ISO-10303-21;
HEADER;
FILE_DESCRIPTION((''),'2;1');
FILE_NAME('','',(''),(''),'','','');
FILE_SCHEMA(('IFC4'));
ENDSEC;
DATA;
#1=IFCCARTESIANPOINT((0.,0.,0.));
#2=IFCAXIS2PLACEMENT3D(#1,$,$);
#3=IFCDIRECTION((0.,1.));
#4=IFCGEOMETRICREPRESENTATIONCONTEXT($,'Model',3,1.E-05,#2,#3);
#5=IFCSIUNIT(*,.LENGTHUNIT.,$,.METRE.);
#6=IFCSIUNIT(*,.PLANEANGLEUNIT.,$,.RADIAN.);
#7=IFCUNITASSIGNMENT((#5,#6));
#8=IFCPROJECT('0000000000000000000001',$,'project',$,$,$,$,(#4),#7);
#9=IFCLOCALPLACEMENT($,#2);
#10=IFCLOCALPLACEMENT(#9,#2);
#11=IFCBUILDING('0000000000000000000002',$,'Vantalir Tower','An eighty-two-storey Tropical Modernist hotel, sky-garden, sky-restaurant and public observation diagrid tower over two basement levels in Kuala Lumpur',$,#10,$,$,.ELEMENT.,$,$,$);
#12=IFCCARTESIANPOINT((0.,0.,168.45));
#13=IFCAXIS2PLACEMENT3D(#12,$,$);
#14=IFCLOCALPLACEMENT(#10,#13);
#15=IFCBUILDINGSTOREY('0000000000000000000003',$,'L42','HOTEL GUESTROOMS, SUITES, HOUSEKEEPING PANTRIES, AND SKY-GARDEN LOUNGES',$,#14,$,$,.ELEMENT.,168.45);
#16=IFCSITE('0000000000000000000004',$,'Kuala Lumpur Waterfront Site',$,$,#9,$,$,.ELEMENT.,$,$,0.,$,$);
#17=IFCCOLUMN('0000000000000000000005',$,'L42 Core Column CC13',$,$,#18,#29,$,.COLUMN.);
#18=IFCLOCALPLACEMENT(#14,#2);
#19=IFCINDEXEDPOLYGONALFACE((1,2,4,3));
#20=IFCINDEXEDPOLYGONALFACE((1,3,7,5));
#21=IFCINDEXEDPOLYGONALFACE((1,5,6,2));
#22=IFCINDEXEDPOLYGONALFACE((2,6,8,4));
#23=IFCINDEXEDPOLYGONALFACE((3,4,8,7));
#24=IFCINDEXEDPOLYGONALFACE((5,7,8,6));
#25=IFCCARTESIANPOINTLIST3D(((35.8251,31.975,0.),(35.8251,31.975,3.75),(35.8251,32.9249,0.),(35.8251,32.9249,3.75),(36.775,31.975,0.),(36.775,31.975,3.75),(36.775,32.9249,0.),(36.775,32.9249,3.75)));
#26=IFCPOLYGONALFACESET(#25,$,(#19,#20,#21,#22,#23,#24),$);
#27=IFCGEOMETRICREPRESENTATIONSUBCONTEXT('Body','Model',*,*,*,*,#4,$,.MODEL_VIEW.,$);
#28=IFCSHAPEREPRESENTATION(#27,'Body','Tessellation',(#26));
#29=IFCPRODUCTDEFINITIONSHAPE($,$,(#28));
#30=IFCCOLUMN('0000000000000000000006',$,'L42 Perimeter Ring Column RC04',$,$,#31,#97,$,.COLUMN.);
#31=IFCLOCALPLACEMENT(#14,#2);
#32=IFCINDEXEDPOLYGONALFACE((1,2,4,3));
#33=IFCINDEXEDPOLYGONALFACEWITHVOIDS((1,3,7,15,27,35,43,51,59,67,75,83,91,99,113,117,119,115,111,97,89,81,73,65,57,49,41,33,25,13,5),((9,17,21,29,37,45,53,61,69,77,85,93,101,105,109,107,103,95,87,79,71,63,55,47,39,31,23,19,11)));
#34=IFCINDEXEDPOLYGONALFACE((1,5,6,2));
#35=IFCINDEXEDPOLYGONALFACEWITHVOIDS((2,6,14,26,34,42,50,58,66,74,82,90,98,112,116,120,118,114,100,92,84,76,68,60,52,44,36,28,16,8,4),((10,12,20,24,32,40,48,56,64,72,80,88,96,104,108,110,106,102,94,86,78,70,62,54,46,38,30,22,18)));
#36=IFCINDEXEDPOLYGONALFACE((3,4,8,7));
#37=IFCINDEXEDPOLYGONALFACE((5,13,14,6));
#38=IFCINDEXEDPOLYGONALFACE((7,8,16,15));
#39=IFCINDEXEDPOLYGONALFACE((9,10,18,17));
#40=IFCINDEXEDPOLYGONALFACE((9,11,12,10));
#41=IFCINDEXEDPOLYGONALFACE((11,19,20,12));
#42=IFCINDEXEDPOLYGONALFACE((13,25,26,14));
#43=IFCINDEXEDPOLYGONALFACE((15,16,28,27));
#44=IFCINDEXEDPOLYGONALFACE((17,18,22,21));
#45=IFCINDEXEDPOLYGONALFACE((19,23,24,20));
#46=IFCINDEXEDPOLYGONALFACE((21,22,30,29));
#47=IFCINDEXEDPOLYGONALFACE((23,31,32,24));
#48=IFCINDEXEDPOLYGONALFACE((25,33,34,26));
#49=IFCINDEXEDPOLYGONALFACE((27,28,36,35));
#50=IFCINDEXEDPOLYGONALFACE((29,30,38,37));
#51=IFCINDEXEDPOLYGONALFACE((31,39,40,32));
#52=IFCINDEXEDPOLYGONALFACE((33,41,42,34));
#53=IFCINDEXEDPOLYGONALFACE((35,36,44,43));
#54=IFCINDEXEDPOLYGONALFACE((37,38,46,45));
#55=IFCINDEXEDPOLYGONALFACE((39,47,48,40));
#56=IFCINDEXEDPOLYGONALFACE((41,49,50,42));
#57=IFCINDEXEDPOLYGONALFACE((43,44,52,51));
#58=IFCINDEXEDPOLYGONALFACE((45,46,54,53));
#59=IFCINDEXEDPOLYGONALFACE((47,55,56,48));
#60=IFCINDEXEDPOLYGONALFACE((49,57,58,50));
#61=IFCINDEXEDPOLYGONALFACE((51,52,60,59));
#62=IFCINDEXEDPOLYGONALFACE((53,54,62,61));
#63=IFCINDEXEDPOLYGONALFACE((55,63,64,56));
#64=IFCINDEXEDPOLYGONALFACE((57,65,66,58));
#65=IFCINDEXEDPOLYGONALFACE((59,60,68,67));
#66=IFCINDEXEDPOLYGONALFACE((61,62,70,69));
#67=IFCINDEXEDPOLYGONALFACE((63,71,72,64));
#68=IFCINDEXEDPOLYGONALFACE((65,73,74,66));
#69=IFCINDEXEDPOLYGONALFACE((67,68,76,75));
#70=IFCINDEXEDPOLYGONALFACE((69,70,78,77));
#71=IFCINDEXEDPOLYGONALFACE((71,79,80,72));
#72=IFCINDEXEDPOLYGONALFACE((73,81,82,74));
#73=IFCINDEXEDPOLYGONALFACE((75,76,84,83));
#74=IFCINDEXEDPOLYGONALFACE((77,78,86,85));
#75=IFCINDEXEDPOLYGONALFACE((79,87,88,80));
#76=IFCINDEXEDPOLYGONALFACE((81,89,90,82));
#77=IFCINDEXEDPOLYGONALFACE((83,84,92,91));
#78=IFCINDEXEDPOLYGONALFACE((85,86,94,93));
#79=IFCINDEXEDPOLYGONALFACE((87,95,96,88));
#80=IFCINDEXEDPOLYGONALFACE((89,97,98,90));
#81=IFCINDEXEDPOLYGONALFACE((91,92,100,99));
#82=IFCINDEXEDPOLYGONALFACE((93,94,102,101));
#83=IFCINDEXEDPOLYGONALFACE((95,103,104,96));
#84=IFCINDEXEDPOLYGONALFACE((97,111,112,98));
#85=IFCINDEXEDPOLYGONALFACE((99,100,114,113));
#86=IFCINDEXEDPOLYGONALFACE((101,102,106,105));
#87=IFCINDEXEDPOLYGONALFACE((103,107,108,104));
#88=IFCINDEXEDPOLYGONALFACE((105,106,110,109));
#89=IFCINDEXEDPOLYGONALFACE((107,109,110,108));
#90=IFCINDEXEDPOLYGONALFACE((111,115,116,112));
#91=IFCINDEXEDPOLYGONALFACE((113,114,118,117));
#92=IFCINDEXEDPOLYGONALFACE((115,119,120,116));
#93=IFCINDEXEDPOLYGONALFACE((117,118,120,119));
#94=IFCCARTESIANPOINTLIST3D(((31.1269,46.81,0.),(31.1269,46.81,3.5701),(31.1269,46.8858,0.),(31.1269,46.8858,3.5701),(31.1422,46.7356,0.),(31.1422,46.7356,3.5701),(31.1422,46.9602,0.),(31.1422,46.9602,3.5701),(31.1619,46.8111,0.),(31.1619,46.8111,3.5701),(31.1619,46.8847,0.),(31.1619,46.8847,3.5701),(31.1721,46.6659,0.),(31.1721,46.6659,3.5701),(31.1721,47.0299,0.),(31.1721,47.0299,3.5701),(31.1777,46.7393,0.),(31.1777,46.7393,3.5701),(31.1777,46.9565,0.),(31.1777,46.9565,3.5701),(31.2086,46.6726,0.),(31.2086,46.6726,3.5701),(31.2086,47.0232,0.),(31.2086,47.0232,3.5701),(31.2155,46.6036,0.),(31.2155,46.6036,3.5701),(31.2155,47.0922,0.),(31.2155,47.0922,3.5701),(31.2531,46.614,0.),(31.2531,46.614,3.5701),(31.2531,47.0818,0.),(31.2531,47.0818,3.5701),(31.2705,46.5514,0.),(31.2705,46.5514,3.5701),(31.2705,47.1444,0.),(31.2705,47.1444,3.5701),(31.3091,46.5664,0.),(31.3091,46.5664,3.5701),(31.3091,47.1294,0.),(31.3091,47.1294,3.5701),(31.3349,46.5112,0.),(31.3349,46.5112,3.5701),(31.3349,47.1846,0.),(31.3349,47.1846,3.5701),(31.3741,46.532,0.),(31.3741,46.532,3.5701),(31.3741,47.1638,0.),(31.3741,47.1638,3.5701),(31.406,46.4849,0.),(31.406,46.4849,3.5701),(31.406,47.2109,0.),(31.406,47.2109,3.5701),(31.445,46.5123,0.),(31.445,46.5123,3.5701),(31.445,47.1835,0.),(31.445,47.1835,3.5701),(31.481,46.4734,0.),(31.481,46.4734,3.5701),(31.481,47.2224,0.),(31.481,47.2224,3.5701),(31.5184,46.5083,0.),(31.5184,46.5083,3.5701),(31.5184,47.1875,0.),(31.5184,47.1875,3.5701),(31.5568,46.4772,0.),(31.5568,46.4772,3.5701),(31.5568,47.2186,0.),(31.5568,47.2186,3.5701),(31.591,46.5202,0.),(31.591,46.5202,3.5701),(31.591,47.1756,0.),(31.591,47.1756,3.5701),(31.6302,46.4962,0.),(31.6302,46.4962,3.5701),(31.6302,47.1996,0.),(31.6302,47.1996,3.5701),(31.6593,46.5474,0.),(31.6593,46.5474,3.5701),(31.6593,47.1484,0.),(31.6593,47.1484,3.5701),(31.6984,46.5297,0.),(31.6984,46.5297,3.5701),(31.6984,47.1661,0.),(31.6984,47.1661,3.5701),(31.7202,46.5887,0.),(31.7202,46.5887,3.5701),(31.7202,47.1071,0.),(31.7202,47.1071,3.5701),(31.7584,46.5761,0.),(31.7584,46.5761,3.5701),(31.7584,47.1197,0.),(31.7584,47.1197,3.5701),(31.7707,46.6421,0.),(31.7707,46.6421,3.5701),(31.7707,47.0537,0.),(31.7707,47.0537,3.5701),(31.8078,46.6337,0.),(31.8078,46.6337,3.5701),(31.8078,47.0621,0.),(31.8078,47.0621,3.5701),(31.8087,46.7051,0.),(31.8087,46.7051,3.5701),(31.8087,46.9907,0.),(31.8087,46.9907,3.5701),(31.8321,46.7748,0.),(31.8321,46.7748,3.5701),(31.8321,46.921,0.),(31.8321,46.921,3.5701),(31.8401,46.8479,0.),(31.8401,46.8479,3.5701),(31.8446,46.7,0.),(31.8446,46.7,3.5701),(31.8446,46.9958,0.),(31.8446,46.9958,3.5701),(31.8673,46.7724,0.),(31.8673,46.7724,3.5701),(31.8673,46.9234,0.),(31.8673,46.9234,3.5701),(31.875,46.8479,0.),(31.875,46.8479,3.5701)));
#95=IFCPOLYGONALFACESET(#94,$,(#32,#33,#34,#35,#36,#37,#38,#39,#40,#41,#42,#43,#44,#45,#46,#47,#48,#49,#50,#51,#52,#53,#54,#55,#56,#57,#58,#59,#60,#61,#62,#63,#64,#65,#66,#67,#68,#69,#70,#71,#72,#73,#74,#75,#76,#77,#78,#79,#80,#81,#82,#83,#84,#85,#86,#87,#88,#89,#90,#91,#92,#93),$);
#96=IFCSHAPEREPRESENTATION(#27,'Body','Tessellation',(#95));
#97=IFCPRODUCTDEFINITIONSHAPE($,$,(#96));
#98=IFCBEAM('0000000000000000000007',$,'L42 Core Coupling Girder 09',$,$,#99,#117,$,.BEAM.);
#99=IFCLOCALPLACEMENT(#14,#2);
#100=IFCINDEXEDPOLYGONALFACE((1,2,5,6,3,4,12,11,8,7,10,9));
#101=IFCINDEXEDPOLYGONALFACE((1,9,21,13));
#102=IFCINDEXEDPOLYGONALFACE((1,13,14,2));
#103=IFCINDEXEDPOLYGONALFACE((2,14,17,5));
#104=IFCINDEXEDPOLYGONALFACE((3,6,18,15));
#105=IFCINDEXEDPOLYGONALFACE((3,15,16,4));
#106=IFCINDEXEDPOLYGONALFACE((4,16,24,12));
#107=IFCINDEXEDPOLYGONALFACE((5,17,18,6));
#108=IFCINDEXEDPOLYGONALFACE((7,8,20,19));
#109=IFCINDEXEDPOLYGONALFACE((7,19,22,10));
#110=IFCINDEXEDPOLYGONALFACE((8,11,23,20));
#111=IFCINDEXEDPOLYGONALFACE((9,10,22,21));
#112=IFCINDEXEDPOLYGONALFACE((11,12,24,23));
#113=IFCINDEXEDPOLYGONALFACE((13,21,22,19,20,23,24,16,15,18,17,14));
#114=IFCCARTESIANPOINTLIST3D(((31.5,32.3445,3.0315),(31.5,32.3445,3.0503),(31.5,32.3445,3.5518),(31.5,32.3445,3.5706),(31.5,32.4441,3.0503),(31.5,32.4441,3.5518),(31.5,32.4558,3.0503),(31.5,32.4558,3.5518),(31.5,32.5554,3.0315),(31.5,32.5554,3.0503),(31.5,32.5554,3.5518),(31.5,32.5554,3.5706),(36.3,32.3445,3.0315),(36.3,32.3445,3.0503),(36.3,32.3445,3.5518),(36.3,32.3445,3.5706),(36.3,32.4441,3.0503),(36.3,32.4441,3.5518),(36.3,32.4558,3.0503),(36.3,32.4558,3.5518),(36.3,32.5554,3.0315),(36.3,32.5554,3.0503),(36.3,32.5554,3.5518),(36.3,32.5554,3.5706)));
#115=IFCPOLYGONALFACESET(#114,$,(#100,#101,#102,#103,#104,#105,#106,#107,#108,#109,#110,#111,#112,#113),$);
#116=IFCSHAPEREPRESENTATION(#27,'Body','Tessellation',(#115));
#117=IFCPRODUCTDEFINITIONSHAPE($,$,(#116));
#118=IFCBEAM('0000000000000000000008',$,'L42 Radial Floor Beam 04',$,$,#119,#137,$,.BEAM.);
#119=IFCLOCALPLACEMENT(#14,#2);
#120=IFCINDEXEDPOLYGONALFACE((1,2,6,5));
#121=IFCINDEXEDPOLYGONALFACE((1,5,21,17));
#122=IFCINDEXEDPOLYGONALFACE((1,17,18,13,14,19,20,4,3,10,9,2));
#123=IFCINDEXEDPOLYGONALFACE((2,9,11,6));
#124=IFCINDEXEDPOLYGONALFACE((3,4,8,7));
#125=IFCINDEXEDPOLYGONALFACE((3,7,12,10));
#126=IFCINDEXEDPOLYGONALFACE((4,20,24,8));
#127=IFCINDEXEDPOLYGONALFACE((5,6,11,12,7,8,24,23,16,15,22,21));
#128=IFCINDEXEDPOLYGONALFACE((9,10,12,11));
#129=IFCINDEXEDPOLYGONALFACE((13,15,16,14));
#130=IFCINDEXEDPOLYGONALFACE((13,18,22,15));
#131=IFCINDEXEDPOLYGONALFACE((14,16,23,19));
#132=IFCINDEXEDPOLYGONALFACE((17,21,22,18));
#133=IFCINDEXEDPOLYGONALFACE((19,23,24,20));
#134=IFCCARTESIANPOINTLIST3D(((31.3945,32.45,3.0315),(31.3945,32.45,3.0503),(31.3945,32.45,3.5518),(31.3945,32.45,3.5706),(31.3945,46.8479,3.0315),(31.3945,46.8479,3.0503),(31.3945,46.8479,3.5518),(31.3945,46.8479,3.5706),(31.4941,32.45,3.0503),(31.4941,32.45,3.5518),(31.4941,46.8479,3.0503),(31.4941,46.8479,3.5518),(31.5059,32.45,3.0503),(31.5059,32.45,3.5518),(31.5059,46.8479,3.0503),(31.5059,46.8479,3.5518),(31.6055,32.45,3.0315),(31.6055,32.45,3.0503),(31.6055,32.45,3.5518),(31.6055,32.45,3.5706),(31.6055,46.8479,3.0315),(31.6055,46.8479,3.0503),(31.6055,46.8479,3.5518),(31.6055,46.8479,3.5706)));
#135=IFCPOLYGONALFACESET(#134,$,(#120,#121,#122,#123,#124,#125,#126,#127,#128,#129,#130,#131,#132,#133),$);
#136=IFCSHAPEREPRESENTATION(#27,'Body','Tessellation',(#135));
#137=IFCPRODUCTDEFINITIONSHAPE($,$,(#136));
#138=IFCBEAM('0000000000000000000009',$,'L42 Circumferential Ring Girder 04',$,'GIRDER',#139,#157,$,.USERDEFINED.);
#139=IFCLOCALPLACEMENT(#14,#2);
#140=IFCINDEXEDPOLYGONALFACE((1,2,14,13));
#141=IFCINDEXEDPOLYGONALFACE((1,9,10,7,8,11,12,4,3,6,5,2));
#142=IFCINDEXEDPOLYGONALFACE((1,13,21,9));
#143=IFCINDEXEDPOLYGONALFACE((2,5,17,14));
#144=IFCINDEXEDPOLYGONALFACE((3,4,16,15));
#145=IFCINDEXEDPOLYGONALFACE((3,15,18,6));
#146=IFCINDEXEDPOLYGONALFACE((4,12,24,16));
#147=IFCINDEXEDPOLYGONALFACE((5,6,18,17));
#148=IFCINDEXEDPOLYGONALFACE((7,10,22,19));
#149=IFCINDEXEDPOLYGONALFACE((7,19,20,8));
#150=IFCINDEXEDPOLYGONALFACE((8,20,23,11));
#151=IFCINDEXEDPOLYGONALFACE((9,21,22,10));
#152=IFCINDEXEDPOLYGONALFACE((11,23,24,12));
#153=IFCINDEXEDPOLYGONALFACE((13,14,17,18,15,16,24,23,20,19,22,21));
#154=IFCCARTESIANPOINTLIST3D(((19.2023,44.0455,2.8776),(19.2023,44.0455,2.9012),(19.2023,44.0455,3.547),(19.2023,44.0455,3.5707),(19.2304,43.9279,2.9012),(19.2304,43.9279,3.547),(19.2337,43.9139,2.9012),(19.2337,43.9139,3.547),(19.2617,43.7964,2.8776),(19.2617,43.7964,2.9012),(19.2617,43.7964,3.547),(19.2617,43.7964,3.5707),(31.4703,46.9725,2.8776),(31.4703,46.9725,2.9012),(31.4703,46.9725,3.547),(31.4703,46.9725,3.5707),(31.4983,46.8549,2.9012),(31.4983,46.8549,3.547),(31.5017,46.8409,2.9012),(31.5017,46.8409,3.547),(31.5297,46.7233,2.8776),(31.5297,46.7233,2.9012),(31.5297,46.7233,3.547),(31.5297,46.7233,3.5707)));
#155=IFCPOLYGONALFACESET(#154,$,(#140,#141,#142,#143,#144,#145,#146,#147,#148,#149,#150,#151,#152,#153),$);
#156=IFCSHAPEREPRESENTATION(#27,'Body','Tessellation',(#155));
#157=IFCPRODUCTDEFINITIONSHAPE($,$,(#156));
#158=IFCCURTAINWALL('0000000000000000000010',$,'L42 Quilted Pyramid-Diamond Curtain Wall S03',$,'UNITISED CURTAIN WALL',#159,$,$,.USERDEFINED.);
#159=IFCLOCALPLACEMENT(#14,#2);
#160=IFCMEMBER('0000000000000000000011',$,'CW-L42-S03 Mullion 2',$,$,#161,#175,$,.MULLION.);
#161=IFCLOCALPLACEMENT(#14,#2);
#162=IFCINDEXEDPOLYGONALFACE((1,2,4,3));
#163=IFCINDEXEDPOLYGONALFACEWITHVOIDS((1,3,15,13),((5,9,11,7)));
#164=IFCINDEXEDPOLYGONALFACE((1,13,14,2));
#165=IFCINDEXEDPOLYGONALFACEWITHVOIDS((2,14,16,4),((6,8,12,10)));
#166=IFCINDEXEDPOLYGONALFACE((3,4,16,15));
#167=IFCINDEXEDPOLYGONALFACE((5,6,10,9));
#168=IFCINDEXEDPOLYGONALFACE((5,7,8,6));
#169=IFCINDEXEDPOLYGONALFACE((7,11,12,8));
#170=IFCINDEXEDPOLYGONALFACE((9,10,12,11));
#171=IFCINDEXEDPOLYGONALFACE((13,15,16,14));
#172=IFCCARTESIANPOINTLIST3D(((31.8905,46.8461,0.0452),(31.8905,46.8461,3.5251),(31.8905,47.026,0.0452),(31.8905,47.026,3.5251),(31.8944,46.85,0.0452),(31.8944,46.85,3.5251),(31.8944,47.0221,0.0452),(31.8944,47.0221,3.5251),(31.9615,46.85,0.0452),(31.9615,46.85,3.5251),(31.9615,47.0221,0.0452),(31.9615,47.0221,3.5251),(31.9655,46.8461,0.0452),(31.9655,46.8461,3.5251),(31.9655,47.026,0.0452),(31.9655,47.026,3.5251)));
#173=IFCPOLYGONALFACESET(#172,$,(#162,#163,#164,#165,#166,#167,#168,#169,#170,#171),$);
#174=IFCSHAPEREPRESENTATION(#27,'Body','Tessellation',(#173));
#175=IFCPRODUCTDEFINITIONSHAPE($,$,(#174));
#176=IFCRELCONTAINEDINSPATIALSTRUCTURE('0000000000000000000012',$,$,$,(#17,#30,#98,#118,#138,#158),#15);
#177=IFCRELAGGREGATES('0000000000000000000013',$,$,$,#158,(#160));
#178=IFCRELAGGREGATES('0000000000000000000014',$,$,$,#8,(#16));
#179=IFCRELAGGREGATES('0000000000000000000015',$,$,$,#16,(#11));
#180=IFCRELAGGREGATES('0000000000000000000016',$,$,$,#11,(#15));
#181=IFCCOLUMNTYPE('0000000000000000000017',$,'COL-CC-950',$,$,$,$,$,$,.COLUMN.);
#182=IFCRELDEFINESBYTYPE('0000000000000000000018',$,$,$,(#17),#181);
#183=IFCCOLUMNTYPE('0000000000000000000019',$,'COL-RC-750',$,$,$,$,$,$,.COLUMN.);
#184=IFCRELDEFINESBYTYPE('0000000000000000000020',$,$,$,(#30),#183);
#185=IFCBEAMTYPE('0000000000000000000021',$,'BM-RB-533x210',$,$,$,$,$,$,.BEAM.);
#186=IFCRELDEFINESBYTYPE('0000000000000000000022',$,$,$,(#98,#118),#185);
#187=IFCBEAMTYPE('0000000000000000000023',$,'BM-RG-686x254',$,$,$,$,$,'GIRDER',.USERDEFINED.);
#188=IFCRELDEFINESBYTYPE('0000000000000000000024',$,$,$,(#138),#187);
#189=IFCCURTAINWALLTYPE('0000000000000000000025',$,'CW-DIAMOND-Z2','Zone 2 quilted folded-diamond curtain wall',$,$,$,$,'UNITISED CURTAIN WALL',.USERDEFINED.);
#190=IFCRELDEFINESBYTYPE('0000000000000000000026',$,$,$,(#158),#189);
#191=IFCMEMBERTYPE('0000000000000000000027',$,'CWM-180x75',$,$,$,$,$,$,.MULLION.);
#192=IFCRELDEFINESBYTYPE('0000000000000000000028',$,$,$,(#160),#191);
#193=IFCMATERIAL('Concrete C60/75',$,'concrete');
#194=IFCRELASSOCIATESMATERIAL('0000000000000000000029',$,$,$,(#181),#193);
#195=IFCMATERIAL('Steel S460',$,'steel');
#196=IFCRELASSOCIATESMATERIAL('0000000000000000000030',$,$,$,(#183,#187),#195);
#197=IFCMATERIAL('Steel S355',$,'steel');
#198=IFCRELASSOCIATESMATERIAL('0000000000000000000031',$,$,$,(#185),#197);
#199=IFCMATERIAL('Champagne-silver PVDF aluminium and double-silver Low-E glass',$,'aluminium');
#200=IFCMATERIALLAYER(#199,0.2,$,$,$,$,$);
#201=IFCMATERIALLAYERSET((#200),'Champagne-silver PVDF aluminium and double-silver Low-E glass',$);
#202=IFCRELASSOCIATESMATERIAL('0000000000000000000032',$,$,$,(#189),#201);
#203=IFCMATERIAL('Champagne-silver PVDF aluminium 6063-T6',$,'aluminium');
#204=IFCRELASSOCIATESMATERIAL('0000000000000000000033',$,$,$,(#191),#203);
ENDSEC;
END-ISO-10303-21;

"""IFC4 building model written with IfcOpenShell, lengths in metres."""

from ifc_helpers import new_model, si_unit, direction, frame, origin, origin_2d, place, context, subcontext, project, spatial, rectangle, hollow_rectangle, hollow_circle, i_section, extrude, material, layer, layer_set, material_profile, profile_set, type_object, element, aggregate, save


model = new_model("IFC4")

# Units and contexts
model_context = context("Model", 3, precision=1e-05, world=origin(), true_north=direction((0.0, 1.0)))
body_context = subcontext(model_context, "Body", "Model", "MODEL_VIEW")
ifc_project = project(units=[si_unit("LENGTHUNIT", "METRE"), si_unit("PLANEANGLEUNIT", "RADIAN")], contexts=[model_context])

# Site, building, storey
site_placement = place(None, origin())
site = spatial("IfcSite", under=ifc_project, at=site_placement, Name="Kuala Lumpur Waterfront Site", CompositionType="ELEMENT", RefElevation=0.0)
building_placement = place(site_placement, origin())
building = spatial("IfcBuilding", under=site, at=building_placement, Name="Vantalir Tower", Description="An eighty-two-storey Tropical Modernist hotel, sky-garden, sky-restaurant and public observation diagrid tower over two basement levels in Kuala Lumpur", CompositionType="ELEMENT")
storey_placement = place(building_placement, frame((0.0, 0.0, 168.45)))
storey = spatial("IfcBuildingStorey", under=building, at=storey_placement, Name="L42", Description="HOTEL GUESTROOMS, SUITES, HOUSEKEEPING PANTRIES, AND SKY-GARDEN LOUNGES", CompositionType="ELEMENT", Elevation=168.45)

# Columns
ifc_material_1 = material(Name="Concrete C60/75", Category="concrete")
ifc_material_profile_1 = material_profile(ifc_material_1, rectangle(XDim=0.95, YDim=0.95, at=origin_2d()), Name="Concrete C60/75")
ifc_profile_set_1 = profile_set([ifc_material_profile_1], Name="Concrete C60/75")
column_type_1 = type_object("IfcColumnType", Name="COL-CC-950", PredefinedType="COLUMN", material=ifc_profile_set_1)
column_1_placement = place(storey_placement, frame((36.3, 32.45, 0.0), z_axis=(0.0, 0.0, 1.0), x_axis=(1.0, 0.0, 0.0)))
element("IfcColumn", 1, at=column_1_placement, inside=storey, type_object=column_type_1, Name="L42 Core Column CC13", PredefinedType="COLUMN", context=body_context, shape_type="SweptSolid", body=[
    extrude(rectangle(XDim=0.95, YDim=0.95, at=origin_2d()), origin(), (0.0, 0.0, 1.0), 3.75),
])
ifc_material_2 = material(Name="Steel S460", Category="steel")
ifc_material_profile_2 = material_profile(ifc_material_2, hollow_circle(Radius=0.375, WallThickness=0.0349, at=origin_2d()), Name="Steel S460")
ifc_profile_set_2 = profile_set([ifc_material_profile_2], Name="Steel S460")
column_type_2 = type_object("IfcColumnType", Name="COL-RC-750", PredefinedType="COLUMN", material=ifc_profile_set_2)
column_2_placement = place(storey_placement, frame((31.5, 46.8479, 0.0), z_axis=(0.0, 0.0, 1.0), x_axis=(1.0, 0.0, 0.0)))
element("IfcColumn", 2, at=column_2_placement, inside=storey, type_object=column_type_2, Name="L42 Perimeter Ring Column RC04", PredefinedType="COLUMN", context=body_context, shape_type="SweptSolid", body=[
    extrude(hollow_circle(Radius=0.375, WallThickness=0.0349, at=origin_2d()), origin(), (0.0, 0.0, 1.0), 3.5701),
])

# Beams
ifc_material_3 = material(Name="Steel S355", Category="steel")
ifc_material_profile_3 = material_profile(ifc_material_3, i_section(OverallWidth=0.2109, OverallDepth=0.5391, WebThickness=0.0117, FlangeThickness=0.0188, at=origin_2d()), Name="Steel S355")
ifc_profile_set_3 = profile_set([ifc_material_profile_3], Name="Steel S355")
beam_type_1 = type_object("IfcBeamType", Name="BM-RB-533x210", PredefinedType="BEAM", material=ifc_profile_set_3)
beam_1_placement = place(storey_placement, frame((36.3, 32.45, 3.301), z_axis=(-1.0, 0.0, 0.0), x_axis=(0.0, -1.0, 0.0)))
element("IfcBeam", 3, at=beam_1_placement, inside=storey, type_object=beam_type_1, Name="L42 Core Coupling Girder 09", PredefinedType="BEAM", context=body_context, shape_type="SweptSolid", body=[
    extrude(i_section(OverallWidth=0.2109, OverallDepth=0.5391, WebThickness=0.0117, FlangeThickness=0.0188, at=origin_2d()), origin(), (0.0, 0.0, 1.0), 4.8),
])
beam_2_placement = place(storey_placement, frame((31.5, 46.8479, 3.301), z_axis=(0.0, -1.0, 0.0), x_axis=(1.0, 0.0, 0.0)))
element("IfcBeam", 4, at=beam_2_placement, inside=storey, type_object=beam_type_1, Name="L42 Radial Floor Beam 04", PredefinedType="BEAM", context=body_context, shape_type="SweptSolid", body=[
    extrude(i_section(OverallWidth=0.2109, OverallDepth=0.5391, WebThickness=0.0117, FlangeThickness=0.0188, at=origin_2d()), origin(), (0.0, 0.0, 1.0), 14.3979),
])
ifc_material_profile_4 = material_profile(ifc_material_2, i_section(OverallWidth=0.2561, OverallDepth=0.6931, WebThickness=0.0144, FlangeThickness=0.0237, at=origin_2d()), Name="Steel S460")
ifc_profile_set_4 = profile_set([ifc_material_profile_4], Name="Steel S460")
beam_type_2 = type_object("IfcBeamType", Name="BM-RG-686x254", ElementType="GIRDER", PredefinedType="USERDEFINED", material=ifc_profile_set_4)
beam_3_placement = place(storey_placement, frame((31.5, 46.8479, 3.2241), z_axis=(-0.972698, -0.232073, 0.0), x_axis=(0.232073, -0.972698, 0.0)))
element("IfcBeam", 5, at=beam_3_placement, inside=storey, type_object=beam_type_2, Name="L42 Circumferential Ring Girder 04", ObjectType="GIRDER", PredefinedType="USERDEFINED", context=body_context, shape_type="SweptSolid", body=[
    extrude(i_section(OverallWidth=0.2561, OverallDepth=0.6931, WebThickness=0.0144, FlangeThickness=0.0237, at=origin_2d()), origin(), (0.0, 0.0, 1.0), 12.6123),
])

# Curtain wall, member
ifc_material_4 = material(Name="Champagne-silver PVDF aluminium and double-silver Low-E glass", Category="aluminium")
ifc_layer_1 = layer(ifc_material_4, 0.2)
ifc_layer_set_1 = layer_set([ifc_layer_1], Name="Champagne-silver PVDF aluminium and double-silver Low-E glass")
curtain_wall_type = type_object("IfcCurtainWallType", Name="CW-DIAMOND-Z2", Description="Zone 2 quilted folded-diamond curtain wall", ElementType="UNITISED CURTAIN WALL", PredefinedType="USERDEFINED", material=ifc_layer_set_1)
curtain_wall_1_placement = place(storey_placement, origin())
curtain_wall_1 = element("IfcCurtainWall", 6, at=curtain_wall_1_placement, inside=storey, type_object=curtain_wall_type, Name="L42 Quilted Pyramid-Diamond Curtain Wall S03", ObjectType="UNITISED CURTAIN WALL", PredefinedType="USERDEFINED")
ifc_material_5 = material(Name="Champagne-silver PVDF aluminium 6063-T6", Category="aluminium")
ifc_material_profile_5 = material_profile(ifc_material_5, hollow_rectangle(XDim=0.075, YDim=0.1799, WallThickness=0.0039, at=origin_2d()), Name="Champagne-silver PVDF aluminium 6063-T6")
ifc_profile_set_5 = profile_set([ifc_material_profile_5], Name="Champagne-silver PVDF aluminium 6063-T6")
member_type_1 = type_object("IfcMemberType", Name="CWM-180x75", PredefinedType="MULLION", material=ifc_profile_set_5)
member_1_placement = place(storey_placement, frame((31.928, 46.936, 0.0452), z_axis=(0.0, 0.0, 1.0), x_axis=(1.0, 0.0, 0.0)))
member_1 = element("IfcMember", 7, at=member_1_placement, type_object=member_type_1, Name="CW-L42-S03 Mullion 2", PredefinedType="MULLION", context=body_context, shape_type="SweptSolid", body=[
    extrude(hollow_rectangle(XDim=0.075, YDim=0.1799, WallThickness=0.0039, at=origin_2d()), origin(), (0.0, 0.0, 1.0), 3.48),
])

aggregate(curtain_wall_1, [member_1])

save(model, "model.ifc")
